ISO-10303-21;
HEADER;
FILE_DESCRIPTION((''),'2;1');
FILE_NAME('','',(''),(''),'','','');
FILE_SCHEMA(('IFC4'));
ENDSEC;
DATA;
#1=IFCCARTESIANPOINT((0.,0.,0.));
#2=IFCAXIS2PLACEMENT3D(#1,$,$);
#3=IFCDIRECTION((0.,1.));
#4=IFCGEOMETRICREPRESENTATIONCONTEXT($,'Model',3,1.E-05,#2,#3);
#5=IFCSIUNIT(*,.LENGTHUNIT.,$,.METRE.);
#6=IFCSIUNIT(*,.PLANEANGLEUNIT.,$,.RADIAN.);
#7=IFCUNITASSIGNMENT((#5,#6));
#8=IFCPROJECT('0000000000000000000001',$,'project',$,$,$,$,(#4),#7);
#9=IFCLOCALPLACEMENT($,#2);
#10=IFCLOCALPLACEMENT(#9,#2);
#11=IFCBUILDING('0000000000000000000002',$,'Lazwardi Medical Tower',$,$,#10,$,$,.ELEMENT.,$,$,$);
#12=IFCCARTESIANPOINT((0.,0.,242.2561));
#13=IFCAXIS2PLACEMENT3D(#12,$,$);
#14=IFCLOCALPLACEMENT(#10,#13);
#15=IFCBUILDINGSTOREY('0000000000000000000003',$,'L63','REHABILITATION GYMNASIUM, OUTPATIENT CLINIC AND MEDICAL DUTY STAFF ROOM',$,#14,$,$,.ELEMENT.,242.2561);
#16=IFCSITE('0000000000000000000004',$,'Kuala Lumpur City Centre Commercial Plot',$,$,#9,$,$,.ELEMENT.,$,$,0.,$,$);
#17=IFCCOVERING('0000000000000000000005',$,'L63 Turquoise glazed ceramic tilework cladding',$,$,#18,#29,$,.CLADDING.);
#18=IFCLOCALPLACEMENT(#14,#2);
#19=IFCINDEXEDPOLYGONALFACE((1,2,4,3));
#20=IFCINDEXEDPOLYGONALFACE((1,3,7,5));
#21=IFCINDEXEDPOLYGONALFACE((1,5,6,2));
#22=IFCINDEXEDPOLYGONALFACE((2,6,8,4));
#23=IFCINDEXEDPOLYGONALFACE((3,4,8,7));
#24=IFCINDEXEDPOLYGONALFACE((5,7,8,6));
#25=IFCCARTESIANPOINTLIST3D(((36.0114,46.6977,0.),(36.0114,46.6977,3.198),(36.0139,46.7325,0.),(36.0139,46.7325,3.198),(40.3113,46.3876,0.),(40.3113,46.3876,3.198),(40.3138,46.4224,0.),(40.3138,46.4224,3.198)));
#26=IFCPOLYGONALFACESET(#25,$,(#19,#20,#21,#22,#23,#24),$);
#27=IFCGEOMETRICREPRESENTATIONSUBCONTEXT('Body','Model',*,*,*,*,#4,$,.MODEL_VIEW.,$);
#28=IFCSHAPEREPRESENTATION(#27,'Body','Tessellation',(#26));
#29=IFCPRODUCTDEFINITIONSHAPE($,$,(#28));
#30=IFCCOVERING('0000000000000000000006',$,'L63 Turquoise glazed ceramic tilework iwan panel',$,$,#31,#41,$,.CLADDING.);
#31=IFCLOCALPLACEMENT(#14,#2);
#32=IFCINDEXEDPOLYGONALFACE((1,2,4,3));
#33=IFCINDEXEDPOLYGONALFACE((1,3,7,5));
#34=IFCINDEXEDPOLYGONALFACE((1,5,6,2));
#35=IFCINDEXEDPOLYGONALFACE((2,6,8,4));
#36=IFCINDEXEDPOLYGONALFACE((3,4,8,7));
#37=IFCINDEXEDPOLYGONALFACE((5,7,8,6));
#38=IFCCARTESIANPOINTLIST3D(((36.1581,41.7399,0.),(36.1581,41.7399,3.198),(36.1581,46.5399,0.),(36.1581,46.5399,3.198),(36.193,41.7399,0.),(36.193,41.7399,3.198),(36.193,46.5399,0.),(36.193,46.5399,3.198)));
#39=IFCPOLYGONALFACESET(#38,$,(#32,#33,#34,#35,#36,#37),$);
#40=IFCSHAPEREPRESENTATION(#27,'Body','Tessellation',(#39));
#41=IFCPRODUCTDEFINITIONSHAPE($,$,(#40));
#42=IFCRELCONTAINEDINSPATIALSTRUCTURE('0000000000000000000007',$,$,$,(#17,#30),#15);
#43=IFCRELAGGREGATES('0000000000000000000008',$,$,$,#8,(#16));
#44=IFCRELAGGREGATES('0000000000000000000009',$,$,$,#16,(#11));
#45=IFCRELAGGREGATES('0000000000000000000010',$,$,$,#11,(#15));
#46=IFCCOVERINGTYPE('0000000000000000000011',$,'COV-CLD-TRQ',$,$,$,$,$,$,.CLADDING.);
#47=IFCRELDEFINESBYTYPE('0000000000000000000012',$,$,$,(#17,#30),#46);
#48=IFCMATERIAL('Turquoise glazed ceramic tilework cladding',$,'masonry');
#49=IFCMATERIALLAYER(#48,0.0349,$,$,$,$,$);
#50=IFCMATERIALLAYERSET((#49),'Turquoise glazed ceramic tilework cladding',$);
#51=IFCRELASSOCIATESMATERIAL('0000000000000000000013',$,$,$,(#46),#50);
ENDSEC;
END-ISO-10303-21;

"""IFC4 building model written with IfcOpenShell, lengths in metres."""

from ifc_helpers import new_model, si_unit, direction, frame, origin, origin_2d, place, context, subcontext, project, spatial, rectangle, extrude, material, layer, layer_set, type_object, element, save


model = new_model("IFC4")

# Units and contexts
model_context = context("Model", 3, precision=1e-05, world=origin(), true_north=direction((0.0, 1.0)))
body_context = subcontext(model_context, "Body", "Model", "MODEL_VIEW")
ifc_project = project(units=[si_unit("LENGTHUNIT", "METRE"), si_unit("PLANEANGLEUNIT", "RADIAN")], contexts=[model_context])

# Site, building, storey
site_placement = place(None, origin())
site = spatial("IfcSite", under=ifc_project, at=site_placement, Name="Kuala Lumpur City Centre Commercial Plot", CompositionType="ELEMENT", RefElevation=0.0)
building_placement = place(site_placement, origin())
building = spatial("IfcBuilding", under=site, at=building_placement, Name="Lazwardi Medical Tower", CompositionType="ELEMENT")
storey_placement = place(building_placement, frame((0.0, 0.0, 242.2561)))
storey = spatial("IfcBuildingStorey", under=building, at=storey_placement, Name="L63", Description="REHABILITATION GYMNASIUM, OUTPATIENT CLINIC AND MEDICAL DUTY STAFF ROOM", CompositionType="ELEMENT", Elevation=242.2561)

# Coverings
ifc_material_1 = material(Name="Turquoise glazed ceramic tilework cladding", Category="masonry")
ifc_layer_1 = layer(ifc_material_1, 0.0349)
ifc_layer_set_1 = layer_set([ifc_layer_1], Name="Turquoise glazed ceramic tilework cladding")
covering_type_1 = type_object("IfcCoveringType", Name="COV-CLD-TRQ", PredefinedType="CLADDING", material=ifc_layer_set_1)
covering_1_placement = place(storey_placement, frame((38.1626, 46.5601, 0.0), z_axis=(0.0, 0.0, 1.0), x_axis=(-0.997409, 0.071933, 0.0)))
element("IfcCovering", 1, at=covering_1_placement, inside=storey, type_object=covering_type_1, Name="L63 Turquoise glazed ceramic tilework cladding", PredefinedType="CLADDING", context=body_context, shape_type="SweptSolid", body=[
    extrude(rectangle(XDim=4.311, YDim=0.0349, at=origin_2d()), origin(), (0.0, 0.0, 1.0), 3.198),
])
covering_2_placement = place(storey_placement, frame((36.1755, 44.1399, 0.0), z_axis=(0.0, 0.0, 1.0), x_axis=(0.0, -1.0, 0.0)))
element("IfcCovering", 2, at=covering_2_placement, inside=storey, type_object=covering_type_1, Name="L63 Turquoise glazed ceramic tilework iwan panel", PredefinedType="CLADDING", context=body_context, shape_type="SweptSolid", body=[
    extrude(rectangle(XDim=4.8, YDim=0.0349, at=origin_2d()), origin(), (0.0, 0.0, 1.0), 3.198),
])

save(model, "model.ifc")
